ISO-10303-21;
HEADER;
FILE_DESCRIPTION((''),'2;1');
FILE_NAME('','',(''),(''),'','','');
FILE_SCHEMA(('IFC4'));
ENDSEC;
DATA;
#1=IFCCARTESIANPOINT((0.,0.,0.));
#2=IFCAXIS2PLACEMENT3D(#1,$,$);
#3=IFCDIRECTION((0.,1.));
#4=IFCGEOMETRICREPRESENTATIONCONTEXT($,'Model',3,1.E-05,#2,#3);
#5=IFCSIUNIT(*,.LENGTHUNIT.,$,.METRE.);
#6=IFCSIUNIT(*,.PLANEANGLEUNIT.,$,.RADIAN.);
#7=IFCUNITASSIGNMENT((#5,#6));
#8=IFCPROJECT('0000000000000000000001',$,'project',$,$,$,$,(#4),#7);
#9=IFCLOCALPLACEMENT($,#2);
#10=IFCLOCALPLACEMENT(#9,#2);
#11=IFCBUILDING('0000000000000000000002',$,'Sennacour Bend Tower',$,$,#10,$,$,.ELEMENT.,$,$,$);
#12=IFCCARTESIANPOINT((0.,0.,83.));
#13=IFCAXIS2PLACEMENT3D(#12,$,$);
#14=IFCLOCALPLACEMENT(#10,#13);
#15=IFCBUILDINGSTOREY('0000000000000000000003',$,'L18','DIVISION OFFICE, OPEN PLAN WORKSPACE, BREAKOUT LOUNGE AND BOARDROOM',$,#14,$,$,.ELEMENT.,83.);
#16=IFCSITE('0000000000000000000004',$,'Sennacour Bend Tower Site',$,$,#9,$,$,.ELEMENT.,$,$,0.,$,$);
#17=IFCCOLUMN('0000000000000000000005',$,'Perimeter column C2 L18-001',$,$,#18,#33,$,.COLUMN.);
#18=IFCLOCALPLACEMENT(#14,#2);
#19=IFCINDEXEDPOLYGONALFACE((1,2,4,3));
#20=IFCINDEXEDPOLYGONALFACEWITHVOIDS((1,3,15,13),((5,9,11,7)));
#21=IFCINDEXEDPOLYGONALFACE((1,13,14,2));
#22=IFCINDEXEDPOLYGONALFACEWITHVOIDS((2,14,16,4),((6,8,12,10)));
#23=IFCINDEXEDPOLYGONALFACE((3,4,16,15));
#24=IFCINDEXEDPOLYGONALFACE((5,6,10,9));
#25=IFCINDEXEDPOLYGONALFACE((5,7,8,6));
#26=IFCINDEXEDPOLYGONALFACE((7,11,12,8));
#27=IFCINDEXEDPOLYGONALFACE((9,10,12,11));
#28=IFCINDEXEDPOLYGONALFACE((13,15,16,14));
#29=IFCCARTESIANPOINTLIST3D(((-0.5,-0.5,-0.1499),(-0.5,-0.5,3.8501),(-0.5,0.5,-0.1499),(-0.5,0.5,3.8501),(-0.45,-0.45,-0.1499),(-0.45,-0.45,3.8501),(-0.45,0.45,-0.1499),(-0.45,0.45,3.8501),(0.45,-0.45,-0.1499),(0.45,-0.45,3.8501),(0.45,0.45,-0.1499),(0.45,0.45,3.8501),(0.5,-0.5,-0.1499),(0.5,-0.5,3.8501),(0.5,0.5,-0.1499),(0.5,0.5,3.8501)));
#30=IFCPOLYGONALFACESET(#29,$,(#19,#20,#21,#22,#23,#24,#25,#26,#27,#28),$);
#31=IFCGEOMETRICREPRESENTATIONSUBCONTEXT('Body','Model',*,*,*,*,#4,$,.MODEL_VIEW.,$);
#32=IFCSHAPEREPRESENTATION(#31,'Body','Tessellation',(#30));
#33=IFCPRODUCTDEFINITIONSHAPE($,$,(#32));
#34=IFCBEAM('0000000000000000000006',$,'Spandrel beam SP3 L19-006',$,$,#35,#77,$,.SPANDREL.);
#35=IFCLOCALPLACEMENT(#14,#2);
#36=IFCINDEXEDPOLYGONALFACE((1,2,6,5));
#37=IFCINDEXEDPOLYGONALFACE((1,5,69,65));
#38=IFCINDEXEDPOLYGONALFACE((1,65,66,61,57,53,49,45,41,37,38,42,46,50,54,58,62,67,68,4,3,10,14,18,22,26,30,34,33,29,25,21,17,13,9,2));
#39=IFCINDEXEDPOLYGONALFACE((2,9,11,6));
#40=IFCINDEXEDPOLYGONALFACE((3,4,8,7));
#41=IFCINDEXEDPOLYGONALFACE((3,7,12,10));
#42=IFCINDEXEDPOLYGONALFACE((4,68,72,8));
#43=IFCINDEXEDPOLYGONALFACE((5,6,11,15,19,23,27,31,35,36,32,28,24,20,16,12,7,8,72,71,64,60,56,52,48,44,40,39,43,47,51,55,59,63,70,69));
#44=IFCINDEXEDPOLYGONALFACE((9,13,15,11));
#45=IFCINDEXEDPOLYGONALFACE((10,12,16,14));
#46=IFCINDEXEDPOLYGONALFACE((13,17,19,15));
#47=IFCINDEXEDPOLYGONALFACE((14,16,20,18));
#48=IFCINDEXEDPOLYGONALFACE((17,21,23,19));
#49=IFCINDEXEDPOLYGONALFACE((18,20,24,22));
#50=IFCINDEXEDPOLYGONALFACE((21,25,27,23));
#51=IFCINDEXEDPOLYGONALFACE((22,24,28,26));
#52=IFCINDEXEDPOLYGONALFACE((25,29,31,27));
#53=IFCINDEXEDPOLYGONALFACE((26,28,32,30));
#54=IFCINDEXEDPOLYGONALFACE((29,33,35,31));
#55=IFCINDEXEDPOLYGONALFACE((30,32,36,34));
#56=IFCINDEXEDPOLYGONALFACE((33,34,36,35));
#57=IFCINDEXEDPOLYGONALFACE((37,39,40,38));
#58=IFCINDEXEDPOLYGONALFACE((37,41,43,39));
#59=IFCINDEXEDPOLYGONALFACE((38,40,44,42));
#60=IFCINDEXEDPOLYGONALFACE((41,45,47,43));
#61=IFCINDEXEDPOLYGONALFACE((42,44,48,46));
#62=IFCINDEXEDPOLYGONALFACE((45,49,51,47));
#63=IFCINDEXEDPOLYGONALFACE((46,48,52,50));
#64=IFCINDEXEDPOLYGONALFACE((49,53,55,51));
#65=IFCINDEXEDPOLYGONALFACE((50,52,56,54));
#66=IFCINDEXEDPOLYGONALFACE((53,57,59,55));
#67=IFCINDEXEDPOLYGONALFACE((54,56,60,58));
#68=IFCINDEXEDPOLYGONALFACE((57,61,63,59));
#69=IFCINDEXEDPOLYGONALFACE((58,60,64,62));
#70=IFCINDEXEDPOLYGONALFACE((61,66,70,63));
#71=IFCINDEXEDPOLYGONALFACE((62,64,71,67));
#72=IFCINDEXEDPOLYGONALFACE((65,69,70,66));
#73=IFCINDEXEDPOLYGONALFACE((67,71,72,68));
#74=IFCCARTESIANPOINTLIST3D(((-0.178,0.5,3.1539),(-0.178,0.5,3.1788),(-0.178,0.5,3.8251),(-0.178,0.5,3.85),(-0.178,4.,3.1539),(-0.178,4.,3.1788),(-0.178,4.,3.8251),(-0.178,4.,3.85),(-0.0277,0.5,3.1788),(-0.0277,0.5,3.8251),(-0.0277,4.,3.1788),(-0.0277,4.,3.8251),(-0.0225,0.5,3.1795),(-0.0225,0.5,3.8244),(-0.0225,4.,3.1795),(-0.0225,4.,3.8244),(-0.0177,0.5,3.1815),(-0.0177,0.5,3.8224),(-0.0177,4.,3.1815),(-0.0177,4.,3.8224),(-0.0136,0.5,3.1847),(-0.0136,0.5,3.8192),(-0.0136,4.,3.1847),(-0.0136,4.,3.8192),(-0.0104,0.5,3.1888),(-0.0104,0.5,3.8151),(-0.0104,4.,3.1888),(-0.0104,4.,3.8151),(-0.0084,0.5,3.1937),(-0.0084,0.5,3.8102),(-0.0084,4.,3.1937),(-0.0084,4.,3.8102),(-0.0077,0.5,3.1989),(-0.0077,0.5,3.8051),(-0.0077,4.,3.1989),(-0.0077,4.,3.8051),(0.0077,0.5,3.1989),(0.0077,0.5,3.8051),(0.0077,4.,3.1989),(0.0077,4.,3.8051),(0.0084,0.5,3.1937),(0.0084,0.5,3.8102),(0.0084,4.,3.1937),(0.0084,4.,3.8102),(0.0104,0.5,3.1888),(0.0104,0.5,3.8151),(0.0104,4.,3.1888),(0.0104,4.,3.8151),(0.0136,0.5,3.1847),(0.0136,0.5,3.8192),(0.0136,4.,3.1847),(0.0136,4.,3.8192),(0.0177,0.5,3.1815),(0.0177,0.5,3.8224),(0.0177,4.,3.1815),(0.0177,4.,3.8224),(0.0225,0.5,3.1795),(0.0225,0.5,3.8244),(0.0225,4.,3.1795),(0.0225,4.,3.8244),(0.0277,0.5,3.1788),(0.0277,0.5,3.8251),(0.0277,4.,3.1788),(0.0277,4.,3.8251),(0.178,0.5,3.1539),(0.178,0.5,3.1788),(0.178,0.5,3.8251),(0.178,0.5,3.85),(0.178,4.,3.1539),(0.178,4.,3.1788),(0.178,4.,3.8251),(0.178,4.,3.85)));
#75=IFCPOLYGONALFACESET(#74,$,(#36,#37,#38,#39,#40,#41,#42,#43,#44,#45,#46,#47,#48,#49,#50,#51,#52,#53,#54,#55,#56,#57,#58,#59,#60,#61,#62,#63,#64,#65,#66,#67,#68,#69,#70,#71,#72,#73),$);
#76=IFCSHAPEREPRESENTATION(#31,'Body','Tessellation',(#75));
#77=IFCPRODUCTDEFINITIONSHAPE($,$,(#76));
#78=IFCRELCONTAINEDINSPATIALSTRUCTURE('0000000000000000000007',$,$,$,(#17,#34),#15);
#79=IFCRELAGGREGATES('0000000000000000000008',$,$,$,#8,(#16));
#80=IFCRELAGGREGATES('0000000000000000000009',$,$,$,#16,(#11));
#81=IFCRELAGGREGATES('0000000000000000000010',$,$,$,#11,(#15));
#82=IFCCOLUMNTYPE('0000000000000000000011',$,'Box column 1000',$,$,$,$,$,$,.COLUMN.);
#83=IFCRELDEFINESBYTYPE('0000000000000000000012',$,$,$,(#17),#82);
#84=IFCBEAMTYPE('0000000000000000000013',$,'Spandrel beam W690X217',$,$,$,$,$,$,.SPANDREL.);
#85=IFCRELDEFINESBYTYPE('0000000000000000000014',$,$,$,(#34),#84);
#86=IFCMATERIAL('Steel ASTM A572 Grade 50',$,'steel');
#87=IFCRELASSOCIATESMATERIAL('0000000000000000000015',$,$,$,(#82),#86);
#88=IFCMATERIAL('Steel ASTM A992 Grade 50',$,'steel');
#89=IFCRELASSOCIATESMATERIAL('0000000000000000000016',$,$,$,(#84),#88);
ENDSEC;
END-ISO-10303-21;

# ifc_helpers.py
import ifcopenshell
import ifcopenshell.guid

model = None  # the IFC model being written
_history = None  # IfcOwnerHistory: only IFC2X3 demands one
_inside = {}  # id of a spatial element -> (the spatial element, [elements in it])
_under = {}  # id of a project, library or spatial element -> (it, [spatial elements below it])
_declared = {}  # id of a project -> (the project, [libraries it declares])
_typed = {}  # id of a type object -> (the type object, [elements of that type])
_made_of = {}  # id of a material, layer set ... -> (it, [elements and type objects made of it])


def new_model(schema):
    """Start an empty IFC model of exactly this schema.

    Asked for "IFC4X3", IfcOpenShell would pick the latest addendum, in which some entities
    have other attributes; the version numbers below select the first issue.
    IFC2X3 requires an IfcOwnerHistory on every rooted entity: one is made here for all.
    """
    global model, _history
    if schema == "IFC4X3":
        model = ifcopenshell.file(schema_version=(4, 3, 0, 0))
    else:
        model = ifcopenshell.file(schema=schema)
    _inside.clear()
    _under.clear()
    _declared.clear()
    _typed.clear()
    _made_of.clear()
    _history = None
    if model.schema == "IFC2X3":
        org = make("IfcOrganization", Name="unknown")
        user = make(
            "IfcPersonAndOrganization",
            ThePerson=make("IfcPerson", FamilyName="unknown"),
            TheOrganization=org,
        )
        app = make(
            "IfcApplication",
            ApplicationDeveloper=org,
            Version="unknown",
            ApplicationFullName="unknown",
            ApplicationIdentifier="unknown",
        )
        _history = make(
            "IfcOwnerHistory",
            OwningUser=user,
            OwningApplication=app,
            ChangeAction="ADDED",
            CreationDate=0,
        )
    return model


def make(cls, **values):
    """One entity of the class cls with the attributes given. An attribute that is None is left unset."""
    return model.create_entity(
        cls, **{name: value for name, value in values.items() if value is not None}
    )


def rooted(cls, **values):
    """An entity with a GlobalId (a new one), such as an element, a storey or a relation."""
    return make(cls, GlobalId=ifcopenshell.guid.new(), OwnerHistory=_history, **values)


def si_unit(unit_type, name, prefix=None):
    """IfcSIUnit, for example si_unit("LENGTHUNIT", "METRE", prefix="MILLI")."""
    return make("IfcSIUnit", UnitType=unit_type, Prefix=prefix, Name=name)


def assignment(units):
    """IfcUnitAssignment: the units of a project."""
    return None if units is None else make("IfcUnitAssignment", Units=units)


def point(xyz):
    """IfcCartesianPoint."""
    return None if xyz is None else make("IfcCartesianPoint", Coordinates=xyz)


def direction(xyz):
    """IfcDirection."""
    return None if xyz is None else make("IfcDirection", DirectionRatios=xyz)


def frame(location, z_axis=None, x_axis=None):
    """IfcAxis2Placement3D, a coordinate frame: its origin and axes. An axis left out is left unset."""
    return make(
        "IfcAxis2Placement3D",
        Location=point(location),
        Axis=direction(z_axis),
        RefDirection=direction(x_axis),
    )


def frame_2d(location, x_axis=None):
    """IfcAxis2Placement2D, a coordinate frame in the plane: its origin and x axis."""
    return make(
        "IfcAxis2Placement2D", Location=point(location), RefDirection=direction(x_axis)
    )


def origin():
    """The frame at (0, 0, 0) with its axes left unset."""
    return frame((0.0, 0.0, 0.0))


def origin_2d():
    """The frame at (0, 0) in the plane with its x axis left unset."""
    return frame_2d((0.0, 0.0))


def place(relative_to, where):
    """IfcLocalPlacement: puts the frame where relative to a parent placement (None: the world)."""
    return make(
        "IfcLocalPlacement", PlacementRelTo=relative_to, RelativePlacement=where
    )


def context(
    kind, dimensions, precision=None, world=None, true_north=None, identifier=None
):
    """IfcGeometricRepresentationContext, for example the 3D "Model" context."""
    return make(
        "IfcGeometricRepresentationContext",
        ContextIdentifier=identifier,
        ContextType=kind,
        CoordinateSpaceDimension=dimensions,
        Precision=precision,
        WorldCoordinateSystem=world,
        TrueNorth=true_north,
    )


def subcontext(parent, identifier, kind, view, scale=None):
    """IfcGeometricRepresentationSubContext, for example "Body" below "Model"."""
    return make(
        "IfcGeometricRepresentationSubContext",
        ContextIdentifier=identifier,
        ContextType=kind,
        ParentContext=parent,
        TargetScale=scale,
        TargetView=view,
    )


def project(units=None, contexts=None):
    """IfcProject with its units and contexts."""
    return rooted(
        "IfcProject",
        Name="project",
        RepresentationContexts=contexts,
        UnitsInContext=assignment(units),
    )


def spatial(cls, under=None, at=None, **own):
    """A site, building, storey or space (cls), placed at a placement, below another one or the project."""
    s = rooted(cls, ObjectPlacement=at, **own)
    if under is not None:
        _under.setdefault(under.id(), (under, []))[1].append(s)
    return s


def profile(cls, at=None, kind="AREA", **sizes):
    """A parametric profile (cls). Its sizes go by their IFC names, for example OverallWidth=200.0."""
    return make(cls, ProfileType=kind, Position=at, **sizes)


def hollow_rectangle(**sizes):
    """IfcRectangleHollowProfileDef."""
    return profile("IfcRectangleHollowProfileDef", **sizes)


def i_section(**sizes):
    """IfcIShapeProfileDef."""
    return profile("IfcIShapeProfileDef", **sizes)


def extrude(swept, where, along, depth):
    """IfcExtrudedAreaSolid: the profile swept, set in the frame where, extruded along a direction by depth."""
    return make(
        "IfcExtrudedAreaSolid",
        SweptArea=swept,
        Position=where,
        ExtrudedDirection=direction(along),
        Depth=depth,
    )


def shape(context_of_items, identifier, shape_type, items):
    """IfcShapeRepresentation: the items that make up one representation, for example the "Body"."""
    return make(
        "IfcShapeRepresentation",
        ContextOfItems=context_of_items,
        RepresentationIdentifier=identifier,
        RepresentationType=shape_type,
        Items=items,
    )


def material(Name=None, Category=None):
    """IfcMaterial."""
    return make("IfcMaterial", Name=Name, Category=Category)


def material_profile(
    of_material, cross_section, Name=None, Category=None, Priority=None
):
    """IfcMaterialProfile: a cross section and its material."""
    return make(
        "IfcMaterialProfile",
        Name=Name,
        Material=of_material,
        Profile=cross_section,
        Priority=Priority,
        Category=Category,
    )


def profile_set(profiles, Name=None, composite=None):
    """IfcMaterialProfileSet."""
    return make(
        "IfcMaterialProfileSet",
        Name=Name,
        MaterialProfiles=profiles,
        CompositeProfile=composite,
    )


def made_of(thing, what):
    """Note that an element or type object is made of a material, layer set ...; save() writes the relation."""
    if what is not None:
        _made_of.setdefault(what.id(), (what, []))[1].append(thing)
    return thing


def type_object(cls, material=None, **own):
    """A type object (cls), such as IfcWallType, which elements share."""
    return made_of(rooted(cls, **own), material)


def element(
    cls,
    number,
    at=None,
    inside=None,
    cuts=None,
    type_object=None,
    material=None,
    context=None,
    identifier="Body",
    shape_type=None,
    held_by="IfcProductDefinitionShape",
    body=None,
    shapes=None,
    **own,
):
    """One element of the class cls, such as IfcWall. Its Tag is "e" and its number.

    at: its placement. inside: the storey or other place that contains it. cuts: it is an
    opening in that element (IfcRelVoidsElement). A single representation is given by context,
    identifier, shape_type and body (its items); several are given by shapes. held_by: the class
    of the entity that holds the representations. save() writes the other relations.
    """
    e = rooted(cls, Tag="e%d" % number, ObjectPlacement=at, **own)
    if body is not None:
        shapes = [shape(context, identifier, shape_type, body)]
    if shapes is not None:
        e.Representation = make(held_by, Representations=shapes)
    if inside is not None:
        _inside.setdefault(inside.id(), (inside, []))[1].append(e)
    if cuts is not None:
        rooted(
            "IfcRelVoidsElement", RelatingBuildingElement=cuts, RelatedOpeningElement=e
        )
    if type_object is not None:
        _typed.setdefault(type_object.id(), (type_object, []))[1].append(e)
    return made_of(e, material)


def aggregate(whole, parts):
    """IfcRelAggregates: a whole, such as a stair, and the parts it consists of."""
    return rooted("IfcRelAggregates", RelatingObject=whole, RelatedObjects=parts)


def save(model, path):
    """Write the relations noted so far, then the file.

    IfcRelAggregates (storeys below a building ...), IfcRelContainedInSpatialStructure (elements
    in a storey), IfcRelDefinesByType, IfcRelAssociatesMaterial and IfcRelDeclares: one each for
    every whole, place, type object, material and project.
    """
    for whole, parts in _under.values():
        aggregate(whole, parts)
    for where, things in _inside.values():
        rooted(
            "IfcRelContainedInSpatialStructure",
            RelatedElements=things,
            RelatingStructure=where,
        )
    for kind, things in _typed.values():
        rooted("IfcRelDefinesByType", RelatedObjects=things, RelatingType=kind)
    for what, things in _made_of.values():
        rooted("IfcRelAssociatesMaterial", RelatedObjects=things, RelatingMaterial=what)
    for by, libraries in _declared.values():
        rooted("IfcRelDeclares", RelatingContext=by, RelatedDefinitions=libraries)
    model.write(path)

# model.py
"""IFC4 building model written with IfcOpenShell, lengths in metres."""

from ifc_helpers import new_model, si_unit, direction, frame, origin, origin_2d, place, context, subcontext, project, spatial, hollow_rectangle, i_section, extrude, material, material_profile, profile_set, type_object, element, save


model = new_model("IFC4")

# Units and contexts
model_context = context("Model", 3, precision=1e-05, world=origin(), true_north=direction((0.0, 1.0)))
body_context = subcontext(model_context, "Body", "Model", "MODEL_VIEW")
ifc_project = project(units=[si_unit("LENGTHUNIT", "METRE"), si_unit("PLANEANGLEUNIT", "RADIAN")], contexts=[model_context])

# Site, building, storey
site_placement = place(None, origin())
site = spatial("IfcSite", under=ifc_project, at=site_placement, Name="Sennacour Bend Tower Site", CompositionType="ELEMENT", RefElevation=0.0)
building_placement = place(site_placement, origin())
building = spatial("IfcBuilding", under=site, at=building_placement, Name="Sennacour Bend Tower", CompositionType="ELEMENT")
storey_placement = place(building_placement, frame((0.0, 0.0, 83.0)))
storey = spatial("IfcBuildingStorey", under=building, at=storey_placement, Name="L18", Description="DIVISION OFFICE, OPEN PLAN WORKSPACE, BREAKOUT LOUNGE AND BOARDROOM", CompositionType="ELEMENT", Elevation=83.0)

# Column
ifc_material_1 = material(Name="Steel ASTM A572 Grade 50", Category="steel")
ifc_material_profile_1 = material_profile(ifc_material_1, hollow_rectangle(XDim=1.0, YDim=1.0, WallThickness=0.05, at=origin_2d()), Name="Steel ASTM A572 Grade 50", Category="steel")
ifc_profile_set_1 = profile_set([ifc_material_profile_1], Name="Steel ASTM A572 Grade 50")
column_type = type_object("IfcColumnType", Name="Box column 1000", PredefinedType="COLUMN", material=ifc_profile_set_1)
column_placement = place(storey_placement, frame((0.0, 0.0, -0.1499), z_axis=(0.0, 0.0, 1.0), x_axis=(1.0, 0.0, 0.0)))
element("IfcColumn", 1, at=column_placement, inside=storey, type_object=column_type, Name="Perimeter column C2 L18-001", PredefinedType="COLUMN", context=body_context, shape_type="SweptSolid", body=[
    extrude(hollow_rectangle(XDim=1.0, YDim=1.0, WallThickness=0.05, at=origin_2d()), origin(), (0.0, 0.0, 1.0), 4.0),
])

# Beam
ifc_material_2 = material(Name="Steel ASTM A992 Grade 50", Category="steel")
ifc_material_profile_2 = material_profile(ifc_material_2, i_section(OverallWidth=0.356, OverallDepth=0.696, WebThickness=0.0154, FlangeThickness=0.0249, FilletRadius=0.02, at=origin_2d()), Name="Steel ASTM A992 Grade 50", Category="steel")
ifc_profile_set_2 = profile_set([ifc_material_profile_2], Name="Steel ASTM A992 Grade 50")
beam_type = type_object("IfcBeamType", Name="Spandrel beam W690X217", PredefinedType="SPANDREL", material=ifc_profile_set_2)
beam_placement = place(storey_placement, frame((0.0, 0.5, 3.502), z_axis=(0.0, 1.0, 0.0), x_axis=(-1.0, 0.0, 0.0)))
element("IfcBeam", 2, at=beam_placement, inside=storey, type_object=beam_type, Name="Spandrel beam SP3 L19-006", PredefinedType="SPANDREL", context=body_context, shape_type="SweptSolid", body=[
    extrude(i_section(OverallWidth=0.356, OverallDepth=0.696, WebThickness=0.0154, FlangeThickness=0.0249, FilletRadius=0.02, at=origin_2d()), origin(), (0.0, 0.0, 1.0), 3.5),
])

save(model, "model.ifc")
